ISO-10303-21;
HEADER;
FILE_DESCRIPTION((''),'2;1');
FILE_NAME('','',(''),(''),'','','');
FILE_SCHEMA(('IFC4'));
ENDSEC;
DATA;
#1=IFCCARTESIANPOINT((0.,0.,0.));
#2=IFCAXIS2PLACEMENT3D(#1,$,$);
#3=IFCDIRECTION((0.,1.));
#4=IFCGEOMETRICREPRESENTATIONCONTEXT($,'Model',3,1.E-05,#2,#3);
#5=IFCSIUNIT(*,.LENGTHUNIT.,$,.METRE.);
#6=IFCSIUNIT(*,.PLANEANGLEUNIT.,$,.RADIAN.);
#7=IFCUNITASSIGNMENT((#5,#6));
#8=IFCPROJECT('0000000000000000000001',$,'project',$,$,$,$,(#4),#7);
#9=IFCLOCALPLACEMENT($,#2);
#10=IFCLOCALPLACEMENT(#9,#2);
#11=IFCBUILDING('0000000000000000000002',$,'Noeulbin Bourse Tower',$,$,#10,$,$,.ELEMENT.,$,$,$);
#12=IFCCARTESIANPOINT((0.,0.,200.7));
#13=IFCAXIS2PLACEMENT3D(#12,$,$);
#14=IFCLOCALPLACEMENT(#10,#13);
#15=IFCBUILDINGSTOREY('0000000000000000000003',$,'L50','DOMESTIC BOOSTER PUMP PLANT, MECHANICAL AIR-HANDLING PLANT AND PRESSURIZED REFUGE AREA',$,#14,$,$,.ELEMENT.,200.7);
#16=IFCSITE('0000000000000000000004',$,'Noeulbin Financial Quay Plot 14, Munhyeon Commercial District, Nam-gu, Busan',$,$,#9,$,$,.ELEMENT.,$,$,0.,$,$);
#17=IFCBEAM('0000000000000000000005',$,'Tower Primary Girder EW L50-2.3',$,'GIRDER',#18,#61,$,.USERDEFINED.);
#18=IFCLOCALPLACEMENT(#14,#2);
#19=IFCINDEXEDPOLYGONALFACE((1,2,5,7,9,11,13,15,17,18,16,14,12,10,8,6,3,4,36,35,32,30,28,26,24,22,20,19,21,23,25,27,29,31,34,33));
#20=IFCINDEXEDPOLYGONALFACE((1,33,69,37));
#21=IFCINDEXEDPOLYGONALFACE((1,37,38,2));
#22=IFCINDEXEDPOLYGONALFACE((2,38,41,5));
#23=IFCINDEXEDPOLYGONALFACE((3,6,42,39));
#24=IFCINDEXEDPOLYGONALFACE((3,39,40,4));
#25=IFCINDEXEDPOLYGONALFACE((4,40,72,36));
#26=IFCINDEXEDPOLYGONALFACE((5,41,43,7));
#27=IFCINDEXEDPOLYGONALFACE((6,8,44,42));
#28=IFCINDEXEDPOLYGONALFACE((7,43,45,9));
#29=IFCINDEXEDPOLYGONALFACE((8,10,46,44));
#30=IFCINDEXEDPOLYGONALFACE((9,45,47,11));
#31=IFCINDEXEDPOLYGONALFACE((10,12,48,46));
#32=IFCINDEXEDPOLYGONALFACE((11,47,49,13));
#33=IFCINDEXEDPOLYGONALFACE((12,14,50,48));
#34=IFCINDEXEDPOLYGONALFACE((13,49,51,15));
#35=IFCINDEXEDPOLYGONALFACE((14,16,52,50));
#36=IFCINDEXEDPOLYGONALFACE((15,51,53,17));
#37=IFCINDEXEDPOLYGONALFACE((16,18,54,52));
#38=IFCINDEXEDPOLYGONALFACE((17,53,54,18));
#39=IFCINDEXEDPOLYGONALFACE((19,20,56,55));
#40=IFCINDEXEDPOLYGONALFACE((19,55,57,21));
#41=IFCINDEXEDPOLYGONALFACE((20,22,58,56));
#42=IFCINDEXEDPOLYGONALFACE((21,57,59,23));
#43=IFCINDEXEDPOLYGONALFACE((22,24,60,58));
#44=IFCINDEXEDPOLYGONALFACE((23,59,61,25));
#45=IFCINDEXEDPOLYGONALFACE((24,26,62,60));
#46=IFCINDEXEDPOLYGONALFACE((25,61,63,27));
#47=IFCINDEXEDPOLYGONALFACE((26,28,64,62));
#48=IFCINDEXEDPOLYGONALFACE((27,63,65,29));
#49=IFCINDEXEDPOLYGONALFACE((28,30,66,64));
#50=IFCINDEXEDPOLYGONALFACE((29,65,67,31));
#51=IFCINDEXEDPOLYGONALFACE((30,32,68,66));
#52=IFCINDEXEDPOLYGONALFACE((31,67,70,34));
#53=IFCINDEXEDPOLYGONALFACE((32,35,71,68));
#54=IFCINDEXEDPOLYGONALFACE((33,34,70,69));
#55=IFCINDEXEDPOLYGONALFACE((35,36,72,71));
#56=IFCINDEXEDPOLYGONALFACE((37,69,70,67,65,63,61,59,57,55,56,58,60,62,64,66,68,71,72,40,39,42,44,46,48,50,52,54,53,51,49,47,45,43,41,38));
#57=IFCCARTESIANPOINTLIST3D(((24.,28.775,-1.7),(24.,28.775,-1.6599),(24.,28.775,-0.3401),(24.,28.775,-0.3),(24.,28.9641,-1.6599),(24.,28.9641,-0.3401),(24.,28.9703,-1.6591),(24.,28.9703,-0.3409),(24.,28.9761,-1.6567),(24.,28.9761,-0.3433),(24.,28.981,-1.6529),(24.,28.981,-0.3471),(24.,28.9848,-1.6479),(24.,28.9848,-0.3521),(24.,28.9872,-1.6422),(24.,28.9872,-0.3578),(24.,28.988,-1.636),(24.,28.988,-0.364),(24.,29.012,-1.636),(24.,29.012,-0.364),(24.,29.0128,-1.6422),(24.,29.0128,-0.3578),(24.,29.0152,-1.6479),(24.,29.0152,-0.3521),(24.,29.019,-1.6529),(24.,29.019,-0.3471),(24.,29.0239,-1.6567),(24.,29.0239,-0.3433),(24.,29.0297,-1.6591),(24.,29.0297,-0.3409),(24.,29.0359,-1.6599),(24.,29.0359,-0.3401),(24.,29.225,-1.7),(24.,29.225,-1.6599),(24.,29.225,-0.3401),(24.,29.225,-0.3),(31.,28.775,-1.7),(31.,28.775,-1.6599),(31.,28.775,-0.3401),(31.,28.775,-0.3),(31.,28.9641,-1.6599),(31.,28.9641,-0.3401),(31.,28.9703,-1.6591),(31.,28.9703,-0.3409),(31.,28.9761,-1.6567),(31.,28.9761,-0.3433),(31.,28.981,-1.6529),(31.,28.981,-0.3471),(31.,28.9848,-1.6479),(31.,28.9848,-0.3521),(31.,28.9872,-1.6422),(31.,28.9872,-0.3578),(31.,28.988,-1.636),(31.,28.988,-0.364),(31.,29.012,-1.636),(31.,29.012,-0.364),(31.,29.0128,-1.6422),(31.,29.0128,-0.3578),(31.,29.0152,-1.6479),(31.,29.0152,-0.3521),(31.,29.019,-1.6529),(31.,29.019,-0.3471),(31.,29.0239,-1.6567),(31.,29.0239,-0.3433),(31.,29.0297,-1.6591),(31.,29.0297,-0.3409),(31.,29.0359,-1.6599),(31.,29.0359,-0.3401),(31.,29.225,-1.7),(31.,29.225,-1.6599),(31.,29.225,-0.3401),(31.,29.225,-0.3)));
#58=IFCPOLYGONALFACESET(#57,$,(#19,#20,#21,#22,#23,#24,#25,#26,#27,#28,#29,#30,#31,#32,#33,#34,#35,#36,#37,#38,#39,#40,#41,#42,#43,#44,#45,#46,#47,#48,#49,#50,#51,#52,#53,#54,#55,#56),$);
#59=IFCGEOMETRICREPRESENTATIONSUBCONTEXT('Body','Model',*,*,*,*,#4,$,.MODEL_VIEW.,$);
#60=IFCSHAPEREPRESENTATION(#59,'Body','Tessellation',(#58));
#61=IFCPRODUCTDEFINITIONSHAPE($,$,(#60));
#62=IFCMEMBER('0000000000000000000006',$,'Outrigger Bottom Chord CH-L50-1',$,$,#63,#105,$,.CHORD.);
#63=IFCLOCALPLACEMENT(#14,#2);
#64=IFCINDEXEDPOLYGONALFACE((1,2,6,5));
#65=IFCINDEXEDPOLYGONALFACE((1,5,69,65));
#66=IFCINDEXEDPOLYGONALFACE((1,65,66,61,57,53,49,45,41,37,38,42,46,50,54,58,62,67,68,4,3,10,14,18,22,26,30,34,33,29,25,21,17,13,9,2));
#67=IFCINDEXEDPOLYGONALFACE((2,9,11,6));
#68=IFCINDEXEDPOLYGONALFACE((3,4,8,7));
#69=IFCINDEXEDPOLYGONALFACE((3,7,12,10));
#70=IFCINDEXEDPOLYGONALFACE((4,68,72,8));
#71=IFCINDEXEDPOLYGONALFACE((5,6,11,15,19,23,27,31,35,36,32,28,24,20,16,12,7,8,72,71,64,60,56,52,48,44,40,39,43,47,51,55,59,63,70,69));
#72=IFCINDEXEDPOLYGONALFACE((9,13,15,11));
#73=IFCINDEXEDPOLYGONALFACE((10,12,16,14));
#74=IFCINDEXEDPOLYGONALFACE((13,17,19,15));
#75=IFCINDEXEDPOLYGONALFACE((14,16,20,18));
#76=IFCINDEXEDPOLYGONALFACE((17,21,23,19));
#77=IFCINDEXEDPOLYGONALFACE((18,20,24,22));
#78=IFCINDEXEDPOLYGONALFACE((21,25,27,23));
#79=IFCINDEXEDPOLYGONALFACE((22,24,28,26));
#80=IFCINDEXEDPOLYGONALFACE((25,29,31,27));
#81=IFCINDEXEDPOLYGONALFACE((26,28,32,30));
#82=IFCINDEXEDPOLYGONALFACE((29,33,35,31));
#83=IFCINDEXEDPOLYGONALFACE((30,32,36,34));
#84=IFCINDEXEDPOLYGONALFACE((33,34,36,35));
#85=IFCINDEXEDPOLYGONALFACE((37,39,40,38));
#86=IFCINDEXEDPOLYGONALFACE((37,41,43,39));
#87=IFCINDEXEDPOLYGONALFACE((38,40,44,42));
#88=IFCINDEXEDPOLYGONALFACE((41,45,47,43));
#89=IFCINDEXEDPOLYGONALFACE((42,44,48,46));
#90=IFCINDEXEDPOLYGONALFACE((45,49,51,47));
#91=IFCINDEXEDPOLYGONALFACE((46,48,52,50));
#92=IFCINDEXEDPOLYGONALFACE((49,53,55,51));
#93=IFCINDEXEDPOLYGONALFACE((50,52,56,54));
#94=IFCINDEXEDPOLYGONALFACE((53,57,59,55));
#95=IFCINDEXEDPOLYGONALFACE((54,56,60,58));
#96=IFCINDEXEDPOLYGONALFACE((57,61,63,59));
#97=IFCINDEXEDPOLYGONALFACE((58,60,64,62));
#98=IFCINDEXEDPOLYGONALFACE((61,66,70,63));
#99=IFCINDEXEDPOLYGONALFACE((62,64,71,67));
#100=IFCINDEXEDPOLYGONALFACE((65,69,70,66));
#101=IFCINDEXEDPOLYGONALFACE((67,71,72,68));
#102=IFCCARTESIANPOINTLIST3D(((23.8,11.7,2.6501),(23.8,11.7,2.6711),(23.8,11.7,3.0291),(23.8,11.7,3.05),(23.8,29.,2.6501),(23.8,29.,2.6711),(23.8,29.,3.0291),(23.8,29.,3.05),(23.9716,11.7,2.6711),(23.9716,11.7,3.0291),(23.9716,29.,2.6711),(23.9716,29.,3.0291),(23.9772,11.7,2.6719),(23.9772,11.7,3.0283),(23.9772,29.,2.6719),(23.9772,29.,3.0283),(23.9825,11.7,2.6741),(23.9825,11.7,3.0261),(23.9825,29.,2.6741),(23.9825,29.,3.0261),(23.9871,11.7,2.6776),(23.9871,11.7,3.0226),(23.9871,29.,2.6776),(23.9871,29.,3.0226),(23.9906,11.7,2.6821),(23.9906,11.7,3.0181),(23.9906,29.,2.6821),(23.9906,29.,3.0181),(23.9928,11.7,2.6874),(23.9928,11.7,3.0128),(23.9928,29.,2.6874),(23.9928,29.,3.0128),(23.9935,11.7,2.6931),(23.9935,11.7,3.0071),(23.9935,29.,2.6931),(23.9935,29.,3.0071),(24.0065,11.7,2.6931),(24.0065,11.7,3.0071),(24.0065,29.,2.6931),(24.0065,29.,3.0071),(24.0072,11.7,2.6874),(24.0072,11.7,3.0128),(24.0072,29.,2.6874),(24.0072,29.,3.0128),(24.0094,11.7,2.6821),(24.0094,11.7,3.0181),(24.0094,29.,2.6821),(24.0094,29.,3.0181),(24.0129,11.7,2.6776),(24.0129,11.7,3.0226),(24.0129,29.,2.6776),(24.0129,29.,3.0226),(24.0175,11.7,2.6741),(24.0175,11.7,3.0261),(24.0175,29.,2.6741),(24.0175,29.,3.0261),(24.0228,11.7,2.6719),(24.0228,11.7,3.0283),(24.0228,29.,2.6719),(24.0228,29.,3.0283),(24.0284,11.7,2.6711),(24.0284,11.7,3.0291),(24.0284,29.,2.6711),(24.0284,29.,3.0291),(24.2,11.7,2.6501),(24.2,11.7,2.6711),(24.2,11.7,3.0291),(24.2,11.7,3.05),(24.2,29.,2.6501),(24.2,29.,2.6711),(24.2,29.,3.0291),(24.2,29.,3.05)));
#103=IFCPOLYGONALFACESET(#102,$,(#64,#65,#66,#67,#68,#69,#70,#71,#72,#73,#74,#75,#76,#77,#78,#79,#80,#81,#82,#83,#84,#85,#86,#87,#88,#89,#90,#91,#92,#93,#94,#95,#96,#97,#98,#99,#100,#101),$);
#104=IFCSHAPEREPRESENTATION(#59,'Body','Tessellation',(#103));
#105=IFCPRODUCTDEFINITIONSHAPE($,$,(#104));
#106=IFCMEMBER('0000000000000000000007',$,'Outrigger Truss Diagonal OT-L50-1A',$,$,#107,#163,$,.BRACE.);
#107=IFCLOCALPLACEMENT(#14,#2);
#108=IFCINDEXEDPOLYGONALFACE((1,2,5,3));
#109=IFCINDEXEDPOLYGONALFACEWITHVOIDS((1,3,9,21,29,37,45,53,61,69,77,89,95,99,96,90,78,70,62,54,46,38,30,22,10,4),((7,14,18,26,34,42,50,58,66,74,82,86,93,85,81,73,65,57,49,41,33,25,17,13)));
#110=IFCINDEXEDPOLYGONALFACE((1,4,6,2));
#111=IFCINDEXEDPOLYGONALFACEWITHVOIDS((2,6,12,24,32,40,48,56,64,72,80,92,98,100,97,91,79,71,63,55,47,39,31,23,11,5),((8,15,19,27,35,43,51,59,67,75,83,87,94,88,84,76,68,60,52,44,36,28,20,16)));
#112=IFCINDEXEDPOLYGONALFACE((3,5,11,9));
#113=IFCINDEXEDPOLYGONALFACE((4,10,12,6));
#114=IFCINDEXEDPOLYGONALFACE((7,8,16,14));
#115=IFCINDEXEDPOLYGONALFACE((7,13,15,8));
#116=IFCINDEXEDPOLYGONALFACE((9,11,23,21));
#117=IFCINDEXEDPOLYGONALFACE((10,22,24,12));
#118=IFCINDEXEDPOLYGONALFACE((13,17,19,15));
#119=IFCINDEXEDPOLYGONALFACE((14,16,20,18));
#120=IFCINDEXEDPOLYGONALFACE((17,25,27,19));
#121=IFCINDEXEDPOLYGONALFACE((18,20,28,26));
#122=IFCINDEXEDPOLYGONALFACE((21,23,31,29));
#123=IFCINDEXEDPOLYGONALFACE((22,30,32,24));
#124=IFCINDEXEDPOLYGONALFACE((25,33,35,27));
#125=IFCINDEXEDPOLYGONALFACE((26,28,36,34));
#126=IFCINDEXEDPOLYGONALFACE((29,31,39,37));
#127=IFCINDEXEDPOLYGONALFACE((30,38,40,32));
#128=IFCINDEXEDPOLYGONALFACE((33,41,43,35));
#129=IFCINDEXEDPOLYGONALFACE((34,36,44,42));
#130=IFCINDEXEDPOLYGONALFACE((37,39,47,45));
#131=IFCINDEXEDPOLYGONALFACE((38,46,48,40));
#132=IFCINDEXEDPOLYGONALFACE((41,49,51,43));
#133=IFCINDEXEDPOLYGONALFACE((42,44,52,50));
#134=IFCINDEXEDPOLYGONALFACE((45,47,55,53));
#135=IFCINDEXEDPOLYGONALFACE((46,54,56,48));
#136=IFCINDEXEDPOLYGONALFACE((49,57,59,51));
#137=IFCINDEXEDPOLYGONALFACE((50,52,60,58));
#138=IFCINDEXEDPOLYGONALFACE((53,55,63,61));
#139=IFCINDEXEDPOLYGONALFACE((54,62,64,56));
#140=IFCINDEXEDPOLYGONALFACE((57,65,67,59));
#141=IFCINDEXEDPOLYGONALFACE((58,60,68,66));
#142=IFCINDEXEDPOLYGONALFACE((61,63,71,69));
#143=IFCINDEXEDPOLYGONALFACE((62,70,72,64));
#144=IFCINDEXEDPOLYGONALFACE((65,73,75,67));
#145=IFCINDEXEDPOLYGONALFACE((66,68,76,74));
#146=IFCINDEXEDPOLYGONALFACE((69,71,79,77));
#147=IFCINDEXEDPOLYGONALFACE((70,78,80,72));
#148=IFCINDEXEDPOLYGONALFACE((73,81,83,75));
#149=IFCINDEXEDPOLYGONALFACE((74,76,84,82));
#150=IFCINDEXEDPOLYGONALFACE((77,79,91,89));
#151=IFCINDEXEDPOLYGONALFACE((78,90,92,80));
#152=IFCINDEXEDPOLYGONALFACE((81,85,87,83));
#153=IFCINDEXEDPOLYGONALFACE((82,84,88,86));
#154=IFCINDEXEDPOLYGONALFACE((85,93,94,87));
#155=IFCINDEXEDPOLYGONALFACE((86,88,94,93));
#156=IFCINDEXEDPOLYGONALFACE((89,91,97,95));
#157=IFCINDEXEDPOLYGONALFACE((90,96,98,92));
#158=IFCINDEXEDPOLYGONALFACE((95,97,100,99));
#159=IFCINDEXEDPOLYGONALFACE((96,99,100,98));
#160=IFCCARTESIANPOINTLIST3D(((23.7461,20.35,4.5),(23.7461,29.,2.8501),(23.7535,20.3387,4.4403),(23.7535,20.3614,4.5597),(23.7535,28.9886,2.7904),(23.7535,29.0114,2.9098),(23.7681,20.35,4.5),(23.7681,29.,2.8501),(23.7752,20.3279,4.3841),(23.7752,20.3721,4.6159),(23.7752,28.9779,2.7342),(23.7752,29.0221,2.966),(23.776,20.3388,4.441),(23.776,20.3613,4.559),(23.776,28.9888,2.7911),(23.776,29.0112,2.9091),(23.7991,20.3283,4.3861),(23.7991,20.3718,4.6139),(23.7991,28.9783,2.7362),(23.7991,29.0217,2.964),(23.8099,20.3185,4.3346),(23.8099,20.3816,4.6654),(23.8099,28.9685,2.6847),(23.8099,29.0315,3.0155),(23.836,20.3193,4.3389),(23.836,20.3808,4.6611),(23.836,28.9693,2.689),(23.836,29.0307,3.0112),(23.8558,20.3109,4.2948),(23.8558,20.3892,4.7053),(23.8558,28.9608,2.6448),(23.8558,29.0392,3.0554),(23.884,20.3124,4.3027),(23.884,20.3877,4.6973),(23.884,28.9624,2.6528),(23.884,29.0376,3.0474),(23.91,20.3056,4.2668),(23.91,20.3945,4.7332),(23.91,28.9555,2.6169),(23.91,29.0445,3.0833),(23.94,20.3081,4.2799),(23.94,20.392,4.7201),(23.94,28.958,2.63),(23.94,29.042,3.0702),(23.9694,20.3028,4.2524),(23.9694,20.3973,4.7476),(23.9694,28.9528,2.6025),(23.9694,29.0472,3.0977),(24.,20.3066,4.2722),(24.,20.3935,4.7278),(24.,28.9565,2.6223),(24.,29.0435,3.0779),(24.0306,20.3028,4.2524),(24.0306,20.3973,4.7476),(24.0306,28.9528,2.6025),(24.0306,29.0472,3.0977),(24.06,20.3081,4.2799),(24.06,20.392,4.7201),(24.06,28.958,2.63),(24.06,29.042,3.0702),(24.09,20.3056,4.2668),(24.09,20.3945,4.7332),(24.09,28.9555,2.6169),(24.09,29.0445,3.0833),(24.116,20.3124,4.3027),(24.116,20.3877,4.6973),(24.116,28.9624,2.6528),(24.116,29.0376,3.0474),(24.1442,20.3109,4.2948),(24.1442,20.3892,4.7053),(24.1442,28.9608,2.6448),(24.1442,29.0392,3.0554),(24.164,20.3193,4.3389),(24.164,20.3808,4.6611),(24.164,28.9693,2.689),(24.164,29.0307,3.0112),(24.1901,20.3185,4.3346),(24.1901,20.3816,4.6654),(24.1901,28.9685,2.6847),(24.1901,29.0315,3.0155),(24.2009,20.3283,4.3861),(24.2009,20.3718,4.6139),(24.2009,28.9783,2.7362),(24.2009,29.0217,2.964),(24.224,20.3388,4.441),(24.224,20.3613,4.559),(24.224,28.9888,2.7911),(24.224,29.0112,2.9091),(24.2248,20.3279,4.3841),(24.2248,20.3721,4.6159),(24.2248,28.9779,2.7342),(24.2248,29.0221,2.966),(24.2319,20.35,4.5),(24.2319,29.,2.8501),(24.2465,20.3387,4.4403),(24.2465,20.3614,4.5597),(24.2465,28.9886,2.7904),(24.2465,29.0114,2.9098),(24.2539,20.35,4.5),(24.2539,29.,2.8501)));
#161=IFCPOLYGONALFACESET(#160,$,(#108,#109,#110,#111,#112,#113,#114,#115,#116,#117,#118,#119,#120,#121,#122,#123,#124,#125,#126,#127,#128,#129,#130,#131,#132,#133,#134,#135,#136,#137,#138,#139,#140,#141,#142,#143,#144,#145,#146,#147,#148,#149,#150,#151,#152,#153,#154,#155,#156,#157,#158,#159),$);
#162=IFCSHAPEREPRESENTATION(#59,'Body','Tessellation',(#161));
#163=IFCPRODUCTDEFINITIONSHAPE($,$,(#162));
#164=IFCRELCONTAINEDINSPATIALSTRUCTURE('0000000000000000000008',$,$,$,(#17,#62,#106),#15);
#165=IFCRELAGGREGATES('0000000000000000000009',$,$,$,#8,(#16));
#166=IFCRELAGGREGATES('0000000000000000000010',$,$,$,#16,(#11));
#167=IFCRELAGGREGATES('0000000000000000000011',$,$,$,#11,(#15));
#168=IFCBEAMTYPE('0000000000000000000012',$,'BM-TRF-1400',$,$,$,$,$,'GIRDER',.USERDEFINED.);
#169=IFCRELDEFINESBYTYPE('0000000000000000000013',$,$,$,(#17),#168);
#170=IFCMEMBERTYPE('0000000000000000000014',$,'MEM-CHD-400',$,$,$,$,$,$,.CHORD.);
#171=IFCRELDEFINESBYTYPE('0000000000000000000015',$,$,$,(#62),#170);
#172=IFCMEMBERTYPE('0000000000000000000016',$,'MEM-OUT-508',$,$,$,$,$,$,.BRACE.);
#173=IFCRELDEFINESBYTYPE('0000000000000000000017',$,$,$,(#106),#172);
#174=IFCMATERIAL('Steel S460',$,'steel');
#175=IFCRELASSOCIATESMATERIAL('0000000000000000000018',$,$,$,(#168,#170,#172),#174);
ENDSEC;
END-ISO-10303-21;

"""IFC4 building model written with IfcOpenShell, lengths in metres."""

from ifc_helpers import new_model, si_unit, direction, frame, origin, origin_2d, place, context, subcontext, project, spatial, hollow_circle, i_section, extrude, material, material_profile, profile_set, type_object, element, save


model = new_model("IFC4")

# Units and contexts
model_context = context("Model", 3, precision=1e-05, world=origin(), true_north=direction((0.0, 1.0)))
body_context = subcontext(model_context, "Body", "Model", "MODEL_VIEW")
ifc_project = project(units=[si_unit("LENGTHUNIT", "METRE"), si_unit("PLANEANGLEUNIT", "RADIAN")], contexts=[model_context])

# Site, building, storey
site_placement = place(None, origin())
site = spatial("IfcSite", under=ifc_project, at=site_placement, Name="Noeulbin Financial Quay Plot 14, Munhyeon Commercial District, Nam-gu, Busan", CompositionType="ELEMENT", RefElevation=0.0)
building_placement = place(site_placement, origin())
building = spatial("IfcBuilding", under=site, at=building_placement, Name="Noeulbin Bourse Tower", CompositionType="ELEMENT")
storey_placement = place(building_placement, frame((0.0, 0.0, 200.7)))
storey = spatial("IfcBuildingStorey", under=building, at=storey_placement, Name="L50", Description="DOMESTIC BOOSTER PUMP PLANT, MECHANICAL AIR-HANDLING PLANT AND PRESSURIZED REFUGE AREA", CompositionType="ELEMENT", Elevation=200.7)

# Shared definitions
ifc_material_1 = material(Name="Steel S460", Category="steel")

# Beam
ifc_material_profile_1 = material_profile(ifc_material_1, i_section(OverallWidth=0.45, OverallDepth=1.3999, WebThickness=0.0239, FlangeThickness=0.04, FilletRadius=0.0239, at=origin_2d()), Name="PG-1400x450x24x40", Category="LoadBearing")
ifc_profile_set_1 = profile_set([ifc_material_profile_1], Name="Steel S460")
beam_type_1 = type_object("IfcBeamType", Name="BM-TRF-1400", ElementType="GIRDER", PredefinedType="USERDEFINED", material=ifc_profile_set_1)
beam_placement = place(storey_placement, frame((24.0, 29.0, -1.0), z_axis=(1.0, 0.0, 0.0), x_axis=(0.0, 1.0, 0.0)))
element("IfcBeam", 1, at=beam_placement, inside=storey, type_object=beam_type_1, Name="Tower Primary Girder EW L50-2.3", ObjectType="GIRDER", PredefinedType="USERDEFINED", context=body_context, shape_type="SweptSolid", body=[
    extrude(i_section(OverallWidth=0.45, OverallDepth=1.3999, WebThickness=0.0239, FlangeThickness=0.04, FilletRadius=0.0239, at=origin_2d()), origin(), (0.0, 0.0, 1.0), 7.0),
])

# Members
ifc_material_profile_2 = material_profile(ifc_material_1, i_section(OverallWidth=0.3999, OverallDepth=0.3999, WebThickness=0.0129, FlangeThickness=0.021, FilletRadius=0.022, at=origin_2d()), Name="H-400x400x13x21", Category="LoadBearing")
ifc_profile_set_2 = profile_set([ifc_material_profile_2], Name="Steel S460")
member_type_1 = type_object("IfcMemberType", Name="MEM-CHD-400", PredefinedType="CHORD", material=ifc_profile_set_2)
member_1_placement = place(storey_placement, frame((24.0, 29.0, 2.8501), z_axis=(0.0, -1.0, 0.0), x_axis=(1.0, 0.0, 0.0)))
element("IfcMember", 2, at=member_1_placement, inside=storey, type_object=member_type_1, Name="Outrigger Bottom Chord CH-L50-1", PredefinedType="CHORD", context=body_context, shape_type="SweptSolid", body=[
    extrude(i_section(OverallWidth=0.3999, OverallDepth=0.3999, WebThickness=0.0129, FlangeThickness=0.021, FilletRadius=0.022, at=origin_2d()), origin(), (0.0, 0.0, 1.0), 17.3),
])
ifc_material_profile_3 = material_profile(ifc_material_1, hollow_circle(Radius=0.2539, WallThickness=0.022, at=origin_2d()), Name="CHS-508.0x22.0", Category="LoadBearing")
ifc_profile_set_3 = profile_set([ifc_material_profile_3], Name="Steel S460")
member_type_2 = type_object("IfcMemberType", Name="MEM-OUT-508", PredefinedType="BRACE", material=ifc_profile_set_3)
member_2_placement = place(storey_placement, frame((24.0, 29.0, 2.8501), z_axis=(0.0, -0.98229, 0.187364), x_axis=(1.0, 0.0, 0.0)))
element("IfcMember", 3, at=member_2_placement, inside=storey, type_object=member_type_2, Name="Outrigger Truss Diagonal OT-L50-1A", PredefinedType="BRACE", context=body_context, shape_type="SweptSolid", body=[
    extrude(hollow_circle(Radius=0.2539, WallThickness=0.022, at=origin_2d()), origin(), (0.0, 0.0, 1.0), 8.8059),
])

save(model, "model.ifc")
